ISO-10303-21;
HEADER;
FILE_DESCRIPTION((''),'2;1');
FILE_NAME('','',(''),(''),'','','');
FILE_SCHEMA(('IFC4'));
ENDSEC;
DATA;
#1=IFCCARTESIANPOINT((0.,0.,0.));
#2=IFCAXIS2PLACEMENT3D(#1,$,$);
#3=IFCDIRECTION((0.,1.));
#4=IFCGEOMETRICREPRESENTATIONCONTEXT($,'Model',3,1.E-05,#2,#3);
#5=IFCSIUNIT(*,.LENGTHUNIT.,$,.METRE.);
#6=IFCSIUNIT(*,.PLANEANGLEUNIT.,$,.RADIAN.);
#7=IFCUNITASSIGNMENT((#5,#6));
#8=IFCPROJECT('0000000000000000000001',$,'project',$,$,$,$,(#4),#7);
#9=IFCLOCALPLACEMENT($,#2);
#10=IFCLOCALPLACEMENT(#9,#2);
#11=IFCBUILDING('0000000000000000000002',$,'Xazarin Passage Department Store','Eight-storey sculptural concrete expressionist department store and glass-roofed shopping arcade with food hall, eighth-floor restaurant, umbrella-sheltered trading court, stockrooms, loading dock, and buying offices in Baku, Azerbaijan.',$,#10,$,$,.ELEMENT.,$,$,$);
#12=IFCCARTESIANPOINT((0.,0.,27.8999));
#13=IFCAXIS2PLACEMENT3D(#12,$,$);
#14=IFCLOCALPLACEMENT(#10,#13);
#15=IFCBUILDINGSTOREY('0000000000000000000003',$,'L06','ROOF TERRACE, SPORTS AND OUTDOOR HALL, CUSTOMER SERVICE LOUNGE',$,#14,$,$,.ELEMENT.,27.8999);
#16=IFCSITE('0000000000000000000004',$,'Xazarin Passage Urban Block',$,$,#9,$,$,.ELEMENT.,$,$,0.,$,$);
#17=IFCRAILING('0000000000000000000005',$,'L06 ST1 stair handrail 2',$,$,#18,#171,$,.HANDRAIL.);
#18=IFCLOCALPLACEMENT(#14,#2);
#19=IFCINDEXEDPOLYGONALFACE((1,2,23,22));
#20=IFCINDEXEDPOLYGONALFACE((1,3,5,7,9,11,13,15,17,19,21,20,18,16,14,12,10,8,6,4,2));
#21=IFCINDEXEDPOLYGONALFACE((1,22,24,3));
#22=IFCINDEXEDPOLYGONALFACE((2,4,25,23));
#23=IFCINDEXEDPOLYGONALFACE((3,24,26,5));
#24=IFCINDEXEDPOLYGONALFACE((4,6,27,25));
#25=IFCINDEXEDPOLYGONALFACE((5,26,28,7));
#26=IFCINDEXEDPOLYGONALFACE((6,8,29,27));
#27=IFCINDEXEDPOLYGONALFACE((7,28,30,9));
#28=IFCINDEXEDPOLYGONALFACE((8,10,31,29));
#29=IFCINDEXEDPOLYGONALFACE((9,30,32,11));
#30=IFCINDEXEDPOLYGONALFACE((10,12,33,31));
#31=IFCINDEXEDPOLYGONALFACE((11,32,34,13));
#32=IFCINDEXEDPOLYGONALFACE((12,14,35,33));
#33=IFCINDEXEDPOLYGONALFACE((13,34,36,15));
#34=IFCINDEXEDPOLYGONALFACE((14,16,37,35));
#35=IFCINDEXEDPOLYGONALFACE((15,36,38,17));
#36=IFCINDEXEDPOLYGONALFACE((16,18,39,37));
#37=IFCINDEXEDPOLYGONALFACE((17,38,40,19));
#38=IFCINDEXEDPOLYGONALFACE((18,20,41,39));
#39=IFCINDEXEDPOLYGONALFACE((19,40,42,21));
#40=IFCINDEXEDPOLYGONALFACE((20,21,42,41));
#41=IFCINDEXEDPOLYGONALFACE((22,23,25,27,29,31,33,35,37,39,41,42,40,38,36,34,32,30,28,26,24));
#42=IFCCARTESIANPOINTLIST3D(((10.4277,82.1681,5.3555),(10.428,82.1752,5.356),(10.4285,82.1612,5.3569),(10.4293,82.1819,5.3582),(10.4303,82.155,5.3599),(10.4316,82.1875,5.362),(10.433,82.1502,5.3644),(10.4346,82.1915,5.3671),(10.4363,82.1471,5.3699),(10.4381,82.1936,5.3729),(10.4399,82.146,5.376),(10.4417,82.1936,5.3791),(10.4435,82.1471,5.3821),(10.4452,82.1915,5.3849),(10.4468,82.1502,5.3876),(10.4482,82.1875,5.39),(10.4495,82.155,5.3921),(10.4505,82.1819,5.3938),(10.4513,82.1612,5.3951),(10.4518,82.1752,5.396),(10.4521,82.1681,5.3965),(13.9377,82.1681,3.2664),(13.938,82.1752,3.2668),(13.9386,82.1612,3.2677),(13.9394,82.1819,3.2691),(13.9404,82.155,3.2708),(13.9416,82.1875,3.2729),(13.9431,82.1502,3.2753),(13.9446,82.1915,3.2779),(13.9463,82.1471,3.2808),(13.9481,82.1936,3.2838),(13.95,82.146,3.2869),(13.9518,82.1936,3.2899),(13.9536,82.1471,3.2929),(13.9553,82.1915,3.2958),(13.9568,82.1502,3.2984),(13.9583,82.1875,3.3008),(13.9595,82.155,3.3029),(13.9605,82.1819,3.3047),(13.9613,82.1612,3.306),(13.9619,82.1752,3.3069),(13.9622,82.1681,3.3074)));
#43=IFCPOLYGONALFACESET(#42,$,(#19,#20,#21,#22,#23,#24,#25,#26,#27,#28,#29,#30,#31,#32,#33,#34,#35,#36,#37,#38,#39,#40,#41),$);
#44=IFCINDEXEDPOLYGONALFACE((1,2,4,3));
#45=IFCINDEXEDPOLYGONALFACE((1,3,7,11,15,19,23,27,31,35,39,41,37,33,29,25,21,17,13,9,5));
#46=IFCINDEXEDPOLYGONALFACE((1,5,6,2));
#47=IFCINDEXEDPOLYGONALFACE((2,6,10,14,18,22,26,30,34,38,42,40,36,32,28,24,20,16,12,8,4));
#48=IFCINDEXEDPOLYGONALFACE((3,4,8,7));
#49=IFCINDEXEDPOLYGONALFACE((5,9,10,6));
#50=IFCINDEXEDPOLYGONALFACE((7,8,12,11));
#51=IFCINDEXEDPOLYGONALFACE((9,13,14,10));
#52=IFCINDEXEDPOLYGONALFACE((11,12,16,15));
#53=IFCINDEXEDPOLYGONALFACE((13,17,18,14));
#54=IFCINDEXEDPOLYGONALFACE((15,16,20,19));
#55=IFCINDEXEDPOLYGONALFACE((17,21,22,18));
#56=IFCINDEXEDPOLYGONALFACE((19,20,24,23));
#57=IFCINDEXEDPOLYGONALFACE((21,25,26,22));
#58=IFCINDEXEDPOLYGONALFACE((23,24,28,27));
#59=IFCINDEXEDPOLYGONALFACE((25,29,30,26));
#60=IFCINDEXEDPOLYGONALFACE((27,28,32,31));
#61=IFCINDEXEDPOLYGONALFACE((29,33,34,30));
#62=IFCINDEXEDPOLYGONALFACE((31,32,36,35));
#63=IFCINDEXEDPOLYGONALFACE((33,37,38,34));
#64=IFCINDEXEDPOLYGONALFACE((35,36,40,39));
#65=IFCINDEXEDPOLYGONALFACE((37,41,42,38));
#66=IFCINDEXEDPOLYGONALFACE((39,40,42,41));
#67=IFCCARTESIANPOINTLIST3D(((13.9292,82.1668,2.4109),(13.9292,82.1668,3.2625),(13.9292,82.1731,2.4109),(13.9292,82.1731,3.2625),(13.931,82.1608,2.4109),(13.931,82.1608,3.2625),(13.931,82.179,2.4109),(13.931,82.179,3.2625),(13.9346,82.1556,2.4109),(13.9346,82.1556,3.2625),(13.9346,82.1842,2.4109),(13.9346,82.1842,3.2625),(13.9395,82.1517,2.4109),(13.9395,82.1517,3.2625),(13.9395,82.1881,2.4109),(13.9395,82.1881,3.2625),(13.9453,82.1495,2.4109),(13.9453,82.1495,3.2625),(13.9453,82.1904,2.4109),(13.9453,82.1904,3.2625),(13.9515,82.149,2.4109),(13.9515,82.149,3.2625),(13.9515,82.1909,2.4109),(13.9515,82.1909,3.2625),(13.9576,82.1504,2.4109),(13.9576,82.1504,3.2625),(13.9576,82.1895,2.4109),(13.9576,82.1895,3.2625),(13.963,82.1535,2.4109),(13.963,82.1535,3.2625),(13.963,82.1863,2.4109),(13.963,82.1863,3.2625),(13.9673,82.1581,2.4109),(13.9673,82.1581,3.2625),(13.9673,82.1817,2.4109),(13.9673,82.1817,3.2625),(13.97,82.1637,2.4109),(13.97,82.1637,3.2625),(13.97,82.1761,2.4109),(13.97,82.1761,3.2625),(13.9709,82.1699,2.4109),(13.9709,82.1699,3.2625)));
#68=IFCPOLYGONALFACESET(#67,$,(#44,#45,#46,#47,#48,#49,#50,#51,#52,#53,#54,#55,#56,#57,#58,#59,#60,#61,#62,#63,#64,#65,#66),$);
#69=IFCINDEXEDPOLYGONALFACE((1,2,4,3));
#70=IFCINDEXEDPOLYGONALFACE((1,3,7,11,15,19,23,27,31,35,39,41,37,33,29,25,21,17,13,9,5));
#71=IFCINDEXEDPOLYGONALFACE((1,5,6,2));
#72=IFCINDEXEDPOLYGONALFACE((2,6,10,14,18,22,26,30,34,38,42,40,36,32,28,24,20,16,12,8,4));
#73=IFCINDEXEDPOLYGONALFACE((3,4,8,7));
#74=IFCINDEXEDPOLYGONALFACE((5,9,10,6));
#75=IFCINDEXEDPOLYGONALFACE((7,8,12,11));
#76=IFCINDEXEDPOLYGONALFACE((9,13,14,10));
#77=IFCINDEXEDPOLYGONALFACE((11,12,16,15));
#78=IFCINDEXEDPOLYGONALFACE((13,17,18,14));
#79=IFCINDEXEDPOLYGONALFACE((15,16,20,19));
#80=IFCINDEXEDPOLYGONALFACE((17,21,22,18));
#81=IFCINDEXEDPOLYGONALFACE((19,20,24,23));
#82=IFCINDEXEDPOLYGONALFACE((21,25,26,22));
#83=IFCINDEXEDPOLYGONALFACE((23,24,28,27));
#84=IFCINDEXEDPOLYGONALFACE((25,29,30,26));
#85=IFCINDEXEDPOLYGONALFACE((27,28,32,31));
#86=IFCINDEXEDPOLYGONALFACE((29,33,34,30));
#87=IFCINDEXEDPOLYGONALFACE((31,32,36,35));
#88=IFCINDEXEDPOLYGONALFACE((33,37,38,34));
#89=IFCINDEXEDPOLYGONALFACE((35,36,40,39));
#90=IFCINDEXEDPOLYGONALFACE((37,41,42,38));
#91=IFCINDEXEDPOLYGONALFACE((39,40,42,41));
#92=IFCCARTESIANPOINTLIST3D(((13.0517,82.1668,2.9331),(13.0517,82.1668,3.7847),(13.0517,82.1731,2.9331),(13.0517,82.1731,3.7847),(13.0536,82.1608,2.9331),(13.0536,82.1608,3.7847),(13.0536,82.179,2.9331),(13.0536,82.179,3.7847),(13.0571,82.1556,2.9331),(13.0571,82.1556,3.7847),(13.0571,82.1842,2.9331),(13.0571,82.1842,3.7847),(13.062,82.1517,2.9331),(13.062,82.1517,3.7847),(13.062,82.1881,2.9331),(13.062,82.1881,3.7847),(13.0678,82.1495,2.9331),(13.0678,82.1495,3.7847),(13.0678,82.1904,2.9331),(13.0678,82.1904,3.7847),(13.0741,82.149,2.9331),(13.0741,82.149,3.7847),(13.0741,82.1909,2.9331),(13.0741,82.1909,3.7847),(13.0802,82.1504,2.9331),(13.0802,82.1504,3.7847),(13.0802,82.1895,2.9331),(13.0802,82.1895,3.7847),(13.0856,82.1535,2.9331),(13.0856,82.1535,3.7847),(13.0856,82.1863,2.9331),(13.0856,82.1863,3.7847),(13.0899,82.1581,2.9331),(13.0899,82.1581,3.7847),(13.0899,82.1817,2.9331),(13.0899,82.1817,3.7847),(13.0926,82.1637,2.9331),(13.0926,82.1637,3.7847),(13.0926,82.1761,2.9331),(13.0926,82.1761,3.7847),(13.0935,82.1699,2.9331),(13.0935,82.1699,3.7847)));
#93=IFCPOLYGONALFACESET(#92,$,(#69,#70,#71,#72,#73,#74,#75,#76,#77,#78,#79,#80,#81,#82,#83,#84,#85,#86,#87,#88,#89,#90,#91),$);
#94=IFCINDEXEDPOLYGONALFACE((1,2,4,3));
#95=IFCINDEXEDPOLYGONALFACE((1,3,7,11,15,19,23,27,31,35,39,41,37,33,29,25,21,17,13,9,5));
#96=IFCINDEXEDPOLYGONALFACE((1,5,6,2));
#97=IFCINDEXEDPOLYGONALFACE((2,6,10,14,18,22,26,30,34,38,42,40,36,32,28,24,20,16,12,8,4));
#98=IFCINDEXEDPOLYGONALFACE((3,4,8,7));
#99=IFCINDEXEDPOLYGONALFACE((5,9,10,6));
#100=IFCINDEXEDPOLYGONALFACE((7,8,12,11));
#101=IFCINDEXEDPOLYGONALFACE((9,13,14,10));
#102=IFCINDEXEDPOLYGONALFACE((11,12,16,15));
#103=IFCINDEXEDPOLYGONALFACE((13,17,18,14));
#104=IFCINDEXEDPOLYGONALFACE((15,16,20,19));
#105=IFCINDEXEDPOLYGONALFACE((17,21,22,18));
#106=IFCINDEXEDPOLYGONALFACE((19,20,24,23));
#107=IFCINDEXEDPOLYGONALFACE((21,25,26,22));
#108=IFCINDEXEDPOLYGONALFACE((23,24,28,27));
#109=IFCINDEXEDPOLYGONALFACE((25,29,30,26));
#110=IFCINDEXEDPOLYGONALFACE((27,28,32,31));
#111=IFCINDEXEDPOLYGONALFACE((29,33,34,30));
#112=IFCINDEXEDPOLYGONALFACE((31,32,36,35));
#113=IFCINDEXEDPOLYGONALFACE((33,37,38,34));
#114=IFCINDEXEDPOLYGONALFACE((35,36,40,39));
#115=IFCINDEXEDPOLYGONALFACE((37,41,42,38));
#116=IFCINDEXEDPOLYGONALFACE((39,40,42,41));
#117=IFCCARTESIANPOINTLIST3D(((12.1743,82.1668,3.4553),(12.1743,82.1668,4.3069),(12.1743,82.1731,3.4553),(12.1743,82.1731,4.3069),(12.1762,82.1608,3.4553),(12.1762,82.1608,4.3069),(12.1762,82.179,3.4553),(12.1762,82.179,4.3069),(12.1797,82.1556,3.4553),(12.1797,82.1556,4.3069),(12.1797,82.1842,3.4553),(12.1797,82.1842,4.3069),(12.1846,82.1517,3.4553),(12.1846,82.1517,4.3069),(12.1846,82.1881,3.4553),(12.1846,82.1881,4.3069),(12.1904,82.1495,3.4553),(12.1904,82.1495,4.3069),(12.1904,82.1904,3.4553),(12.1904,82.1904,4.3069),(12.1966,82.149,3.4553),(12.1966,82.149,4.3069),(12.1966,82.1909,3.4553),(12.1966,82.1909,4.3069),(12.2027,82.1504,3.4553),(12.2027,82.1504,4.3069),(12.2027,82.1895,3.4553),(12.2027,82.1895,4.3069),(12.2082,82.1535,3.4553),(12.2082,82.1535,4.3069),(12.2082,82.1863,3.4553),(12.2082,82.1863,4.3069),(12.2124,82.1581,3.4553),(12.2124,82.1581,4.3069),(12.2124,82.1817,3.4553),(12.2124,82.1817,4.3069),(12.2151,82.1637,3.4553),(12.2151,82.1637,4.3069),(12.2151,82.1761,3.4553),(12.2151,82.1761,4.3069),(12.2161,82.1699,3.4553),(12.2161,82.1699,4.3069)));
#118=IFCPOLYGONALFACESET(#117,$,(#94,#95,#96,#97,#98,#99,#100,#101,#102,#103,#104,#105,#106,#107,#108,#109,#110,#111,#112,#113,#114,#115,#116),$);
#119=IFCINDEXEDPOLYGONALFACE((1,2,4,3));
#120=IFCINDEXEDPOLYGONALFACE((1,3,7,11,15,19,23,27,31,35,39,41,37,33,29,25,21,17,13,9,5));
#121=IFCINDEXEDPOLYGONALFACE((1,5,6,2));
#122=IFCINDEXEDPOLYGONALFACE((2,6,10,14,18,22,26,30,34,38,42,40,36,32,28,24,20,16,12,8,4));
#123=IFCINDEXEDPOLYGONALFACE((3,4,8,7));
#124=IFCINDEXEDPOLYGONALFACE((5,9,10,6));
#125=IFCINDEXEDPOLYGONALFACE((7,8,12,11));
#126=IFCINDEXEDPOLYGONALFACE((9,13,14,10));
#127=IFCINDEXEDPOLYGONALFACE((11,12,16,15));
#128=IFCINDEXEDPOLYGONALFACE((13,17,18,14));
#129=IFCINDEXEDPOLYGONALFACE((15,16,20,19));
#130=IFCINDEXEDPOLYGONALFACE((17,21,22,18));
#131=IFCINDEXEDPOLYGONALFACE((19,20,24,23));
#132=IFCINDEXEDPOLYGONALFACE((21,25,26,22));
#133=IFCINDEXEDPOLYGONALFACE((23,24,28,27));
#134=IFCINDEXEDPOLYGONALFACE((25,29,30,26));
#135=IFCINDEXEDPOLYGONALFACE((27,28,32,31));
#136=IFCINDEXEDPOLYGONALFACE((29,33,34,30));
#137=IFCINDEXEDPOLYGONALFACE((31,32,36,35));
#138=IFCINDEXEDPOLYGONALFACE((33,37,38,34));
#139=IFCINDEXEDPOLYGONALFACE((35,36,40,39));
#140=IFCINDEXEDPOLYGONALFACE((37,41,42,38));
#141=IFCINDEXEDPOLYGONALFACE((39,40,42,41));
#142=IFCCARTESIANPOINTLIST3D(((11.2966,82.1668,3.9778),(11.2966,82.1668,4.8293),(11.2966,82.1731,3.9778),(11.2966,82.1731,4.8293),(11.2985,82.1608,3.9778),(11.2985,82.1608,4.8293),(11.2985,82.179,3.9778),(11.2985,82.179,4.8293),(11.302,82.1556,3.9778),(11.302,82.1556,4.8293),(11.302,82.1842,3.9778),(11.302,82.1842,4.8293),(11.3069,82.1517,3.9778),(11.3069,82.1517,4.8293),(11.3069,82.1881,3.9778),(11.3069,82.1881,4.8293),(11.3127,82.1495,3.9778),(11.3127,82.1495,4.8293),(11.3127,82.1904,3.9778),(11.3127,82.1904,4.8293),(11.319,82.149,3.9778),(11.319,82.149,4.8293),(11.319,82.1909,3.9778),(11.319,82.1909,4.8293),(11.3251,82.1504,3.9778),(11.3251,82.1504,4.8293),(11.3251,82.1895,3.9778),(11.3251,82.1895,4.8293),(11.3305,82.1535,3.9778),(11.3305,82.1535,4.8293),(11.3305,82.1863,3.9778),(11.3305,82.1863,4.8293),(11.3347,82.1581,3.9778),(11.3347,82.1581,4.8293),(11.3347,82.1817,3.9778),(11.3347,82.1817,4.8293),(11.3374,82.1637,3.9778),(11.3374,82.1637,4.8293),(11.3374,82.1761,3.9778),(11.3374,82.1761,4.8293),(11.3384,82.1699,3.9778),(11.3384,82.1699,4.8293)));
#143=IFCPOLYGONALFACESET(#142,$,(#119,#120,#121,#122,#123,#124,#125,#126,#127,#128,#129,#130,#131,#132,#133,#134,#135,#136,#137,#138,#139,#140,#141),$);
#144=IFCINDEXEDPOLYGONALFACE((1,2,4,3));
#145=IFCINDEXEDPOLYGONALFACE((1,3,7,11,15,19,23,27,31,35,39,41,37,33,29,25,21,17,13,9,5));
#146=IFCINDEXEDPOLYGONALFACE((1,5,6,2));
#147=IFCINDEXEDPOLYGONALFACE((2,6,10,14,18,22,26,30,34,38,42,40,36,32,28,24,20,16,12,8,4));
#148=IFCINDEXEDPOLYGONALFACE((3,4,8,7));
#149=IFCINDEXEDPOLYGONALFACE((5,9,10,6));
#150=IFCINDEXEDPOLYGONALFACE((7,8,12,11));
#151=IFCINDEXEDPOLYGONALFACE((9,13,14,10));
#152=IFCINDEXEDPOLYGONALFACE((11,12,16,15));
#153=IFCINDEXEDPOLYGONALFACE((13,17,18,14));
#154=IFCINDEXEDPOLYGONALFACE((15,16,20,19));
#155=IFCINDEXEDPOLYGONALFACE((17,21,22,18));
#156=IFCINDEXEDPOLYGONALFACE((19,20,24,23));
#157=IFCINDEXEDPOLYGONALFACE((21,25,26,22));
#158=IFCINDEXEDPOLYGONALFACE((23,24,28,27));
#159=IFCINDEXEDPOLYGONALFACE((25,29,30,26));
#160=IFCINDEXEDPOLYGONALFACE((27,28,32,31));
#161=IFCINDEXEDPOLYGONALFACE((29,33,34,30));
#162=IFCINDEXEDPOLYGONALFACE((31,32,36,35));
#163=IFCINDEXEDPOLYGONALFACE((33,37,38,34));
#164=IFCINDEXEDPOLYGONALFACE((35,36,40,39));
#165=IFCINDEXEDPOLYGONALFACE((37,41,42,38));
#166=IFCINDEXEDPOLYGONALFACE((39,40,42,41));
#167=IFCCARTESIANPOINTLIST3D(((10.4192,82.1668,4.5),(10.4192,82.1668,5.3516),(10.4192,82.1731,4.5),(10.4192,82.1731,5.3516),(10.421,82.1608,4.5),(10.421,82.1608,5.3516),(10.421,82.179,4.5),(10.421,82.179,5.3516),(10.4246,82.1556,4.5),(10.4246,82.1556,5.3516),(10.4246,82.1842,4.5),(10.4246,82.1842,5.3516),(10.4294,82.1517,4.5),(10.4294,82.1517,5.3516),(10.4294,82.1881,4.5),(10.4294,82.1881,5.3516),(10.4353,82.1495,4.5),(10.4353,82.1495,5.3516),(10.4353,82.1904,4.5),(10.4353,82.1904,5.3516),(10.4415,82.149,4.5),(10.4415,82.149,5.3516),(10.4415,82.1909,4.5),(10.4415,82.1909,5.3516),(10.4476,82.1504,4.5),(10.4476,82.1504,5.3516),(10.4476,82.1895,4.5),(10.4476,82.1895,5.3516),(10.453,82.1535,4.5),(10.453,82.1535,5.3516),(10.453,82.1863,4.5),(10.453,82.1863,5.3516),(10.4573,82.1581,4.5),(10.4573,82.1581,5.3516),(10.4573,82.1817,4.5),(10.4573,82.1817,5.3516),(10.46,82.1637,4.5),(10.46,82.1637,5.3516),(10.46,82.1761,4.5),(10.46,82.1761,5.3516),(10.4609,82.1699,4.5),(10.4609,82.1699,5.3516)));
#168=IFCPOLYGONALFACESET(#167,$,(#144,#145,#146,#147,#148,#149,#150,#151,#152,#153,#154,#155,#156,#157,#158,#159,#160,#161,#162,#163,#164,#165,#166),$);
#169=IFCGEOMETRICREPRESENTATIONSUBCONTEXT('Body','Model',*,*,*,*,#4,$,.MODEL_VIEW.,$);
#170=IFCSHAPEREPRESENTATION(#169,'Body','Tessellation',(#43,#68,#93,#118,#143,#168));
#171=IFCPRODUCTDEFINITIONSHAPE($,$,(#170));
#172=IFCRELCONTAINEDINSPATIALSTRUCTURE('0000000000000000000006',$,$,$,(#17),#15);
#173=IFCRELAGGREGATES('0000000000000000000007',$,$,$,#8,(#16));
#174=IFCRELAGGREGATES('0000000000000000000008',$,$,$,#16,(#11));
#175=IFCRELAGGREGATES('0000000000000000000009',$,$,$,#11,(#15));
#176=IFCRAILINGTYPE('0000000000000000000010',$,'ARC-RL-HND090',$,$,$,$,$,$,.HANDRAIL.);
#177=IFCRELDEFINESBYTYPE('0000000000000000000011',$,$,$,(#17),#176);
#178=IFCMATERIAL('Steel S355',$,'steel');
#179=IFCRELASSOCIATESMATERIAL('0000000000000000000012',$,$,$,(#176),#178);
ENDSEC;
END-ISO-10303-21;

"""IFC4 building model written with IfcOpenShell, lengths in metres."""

from ifc_helpers import new_model, si_unit, direction, frame, origin, origin_2d, place, context, subcontext, project, spatial, circle, extrude, material, type_object, element, save


model = new_model("IFC4")

# Units and contexts
model_context = context("Model", 3, precision=1e-05, world=origin(), true_north=direction((0.0, 1.0)))
body_context = subcontext(model_context, "Body", "Model", "MODEL_VIEW")
ifc_project = project(units=[si_unit("LENGTHUNIT", "METRE"), si_unit("PLANEANGLEUNIT", "RADIAN")], contexts=[model_context])

# Site, building, storey
site_placement = place(None, origin())
site = spatial("IfcSite", under=ifc_project, at=site_placement, Name="Xazarin Passage Urban Block", CompositionType="ELEMENT", RefElevation=0.0)
building_placement = place(site_placement, origin())
building = spatial("IfcBuilding", under=site, at=building_placement, Name="Xazarin Passage Department Store", Description="Eight-storey sculptural concrete expressionist department store and glass-roofed shopping arcade with food hall, eighth-floor restaurant, umbrella-sheltered trading court, stockrooms, loading dock, and buying offices in Baku, Azerbaijan.", CompositionType="ELEMENT")
storey_placement = place(building_placement, frame((0.0, 0.0, 27.8999)))
storey = spatial("IfcBuildingStorey", under=building, at=storey_placement, Name="L06", Description="ROOF TERRACE, SPORTS AND OUTDOOR HALL, CUSTOMER SERVICE LOUNGE", CompositionType="ELEMENT", Elevation=27.8999)

# Shared definitions
ifc_material_1 = material(Name="Steel S355", Category="steel")

# Railing
railing_type_1 = type_object("IfcRailingType", Name="ARC-RL-HND090", PredefinedType="HANDRAIL", material=ifc_material_1)
railing_1_placement = place(storey_placement, frame((13.95, 82.1699, 2.4109)))
element("IfcRailing", 1, at=railing_1_placement, inside=storey, type_object=railing_type_1, Name="L06 ST1 stair handrail 2", PredefinedType="HANDRAIL", context=body_context, shape_type="SweptSolid", body=[
    extrude(circle(Radius=0.0239, at=origin_2d()), frame((0.0, 0.0, 0.876), z_axis=(-0.859312, 0.0, 0.511451), x_axis=(0.0, -1.0, 0.0)), (0.0, 0.0, 1.0), 4.0847),
    extrude(circle(Radius=0.021, at=origin_2d()), origin(), (0.0, 0.0, 1.0), 0.8516),
    extrude(circle(Radius=0.021, at=origin_2d()), frame((-0.8774, 0.0, 0.5222)), (0.0, 0.0, 1.0), 0.8516),
    extrude(circle(Radius=0.021, at=origin_2d()), frame((-1.7549, 0.0, 1.0444)), (0.0, 0.0, 1.0), 0.8516),
    extrude(circle(Radius=0.021, at=origin_2d()), frame((-2.6326, 0.0, 1.5669)), (0.0, 0.0, 1.0), 0.8516),
    extrude(circle(Radius=0.021, at=origin_2d()), frame((-3.51, 0.0, 2.0891)), (0.0, 0.0, 1.0), 0.8516),
])

save(model, "model.ifc")
